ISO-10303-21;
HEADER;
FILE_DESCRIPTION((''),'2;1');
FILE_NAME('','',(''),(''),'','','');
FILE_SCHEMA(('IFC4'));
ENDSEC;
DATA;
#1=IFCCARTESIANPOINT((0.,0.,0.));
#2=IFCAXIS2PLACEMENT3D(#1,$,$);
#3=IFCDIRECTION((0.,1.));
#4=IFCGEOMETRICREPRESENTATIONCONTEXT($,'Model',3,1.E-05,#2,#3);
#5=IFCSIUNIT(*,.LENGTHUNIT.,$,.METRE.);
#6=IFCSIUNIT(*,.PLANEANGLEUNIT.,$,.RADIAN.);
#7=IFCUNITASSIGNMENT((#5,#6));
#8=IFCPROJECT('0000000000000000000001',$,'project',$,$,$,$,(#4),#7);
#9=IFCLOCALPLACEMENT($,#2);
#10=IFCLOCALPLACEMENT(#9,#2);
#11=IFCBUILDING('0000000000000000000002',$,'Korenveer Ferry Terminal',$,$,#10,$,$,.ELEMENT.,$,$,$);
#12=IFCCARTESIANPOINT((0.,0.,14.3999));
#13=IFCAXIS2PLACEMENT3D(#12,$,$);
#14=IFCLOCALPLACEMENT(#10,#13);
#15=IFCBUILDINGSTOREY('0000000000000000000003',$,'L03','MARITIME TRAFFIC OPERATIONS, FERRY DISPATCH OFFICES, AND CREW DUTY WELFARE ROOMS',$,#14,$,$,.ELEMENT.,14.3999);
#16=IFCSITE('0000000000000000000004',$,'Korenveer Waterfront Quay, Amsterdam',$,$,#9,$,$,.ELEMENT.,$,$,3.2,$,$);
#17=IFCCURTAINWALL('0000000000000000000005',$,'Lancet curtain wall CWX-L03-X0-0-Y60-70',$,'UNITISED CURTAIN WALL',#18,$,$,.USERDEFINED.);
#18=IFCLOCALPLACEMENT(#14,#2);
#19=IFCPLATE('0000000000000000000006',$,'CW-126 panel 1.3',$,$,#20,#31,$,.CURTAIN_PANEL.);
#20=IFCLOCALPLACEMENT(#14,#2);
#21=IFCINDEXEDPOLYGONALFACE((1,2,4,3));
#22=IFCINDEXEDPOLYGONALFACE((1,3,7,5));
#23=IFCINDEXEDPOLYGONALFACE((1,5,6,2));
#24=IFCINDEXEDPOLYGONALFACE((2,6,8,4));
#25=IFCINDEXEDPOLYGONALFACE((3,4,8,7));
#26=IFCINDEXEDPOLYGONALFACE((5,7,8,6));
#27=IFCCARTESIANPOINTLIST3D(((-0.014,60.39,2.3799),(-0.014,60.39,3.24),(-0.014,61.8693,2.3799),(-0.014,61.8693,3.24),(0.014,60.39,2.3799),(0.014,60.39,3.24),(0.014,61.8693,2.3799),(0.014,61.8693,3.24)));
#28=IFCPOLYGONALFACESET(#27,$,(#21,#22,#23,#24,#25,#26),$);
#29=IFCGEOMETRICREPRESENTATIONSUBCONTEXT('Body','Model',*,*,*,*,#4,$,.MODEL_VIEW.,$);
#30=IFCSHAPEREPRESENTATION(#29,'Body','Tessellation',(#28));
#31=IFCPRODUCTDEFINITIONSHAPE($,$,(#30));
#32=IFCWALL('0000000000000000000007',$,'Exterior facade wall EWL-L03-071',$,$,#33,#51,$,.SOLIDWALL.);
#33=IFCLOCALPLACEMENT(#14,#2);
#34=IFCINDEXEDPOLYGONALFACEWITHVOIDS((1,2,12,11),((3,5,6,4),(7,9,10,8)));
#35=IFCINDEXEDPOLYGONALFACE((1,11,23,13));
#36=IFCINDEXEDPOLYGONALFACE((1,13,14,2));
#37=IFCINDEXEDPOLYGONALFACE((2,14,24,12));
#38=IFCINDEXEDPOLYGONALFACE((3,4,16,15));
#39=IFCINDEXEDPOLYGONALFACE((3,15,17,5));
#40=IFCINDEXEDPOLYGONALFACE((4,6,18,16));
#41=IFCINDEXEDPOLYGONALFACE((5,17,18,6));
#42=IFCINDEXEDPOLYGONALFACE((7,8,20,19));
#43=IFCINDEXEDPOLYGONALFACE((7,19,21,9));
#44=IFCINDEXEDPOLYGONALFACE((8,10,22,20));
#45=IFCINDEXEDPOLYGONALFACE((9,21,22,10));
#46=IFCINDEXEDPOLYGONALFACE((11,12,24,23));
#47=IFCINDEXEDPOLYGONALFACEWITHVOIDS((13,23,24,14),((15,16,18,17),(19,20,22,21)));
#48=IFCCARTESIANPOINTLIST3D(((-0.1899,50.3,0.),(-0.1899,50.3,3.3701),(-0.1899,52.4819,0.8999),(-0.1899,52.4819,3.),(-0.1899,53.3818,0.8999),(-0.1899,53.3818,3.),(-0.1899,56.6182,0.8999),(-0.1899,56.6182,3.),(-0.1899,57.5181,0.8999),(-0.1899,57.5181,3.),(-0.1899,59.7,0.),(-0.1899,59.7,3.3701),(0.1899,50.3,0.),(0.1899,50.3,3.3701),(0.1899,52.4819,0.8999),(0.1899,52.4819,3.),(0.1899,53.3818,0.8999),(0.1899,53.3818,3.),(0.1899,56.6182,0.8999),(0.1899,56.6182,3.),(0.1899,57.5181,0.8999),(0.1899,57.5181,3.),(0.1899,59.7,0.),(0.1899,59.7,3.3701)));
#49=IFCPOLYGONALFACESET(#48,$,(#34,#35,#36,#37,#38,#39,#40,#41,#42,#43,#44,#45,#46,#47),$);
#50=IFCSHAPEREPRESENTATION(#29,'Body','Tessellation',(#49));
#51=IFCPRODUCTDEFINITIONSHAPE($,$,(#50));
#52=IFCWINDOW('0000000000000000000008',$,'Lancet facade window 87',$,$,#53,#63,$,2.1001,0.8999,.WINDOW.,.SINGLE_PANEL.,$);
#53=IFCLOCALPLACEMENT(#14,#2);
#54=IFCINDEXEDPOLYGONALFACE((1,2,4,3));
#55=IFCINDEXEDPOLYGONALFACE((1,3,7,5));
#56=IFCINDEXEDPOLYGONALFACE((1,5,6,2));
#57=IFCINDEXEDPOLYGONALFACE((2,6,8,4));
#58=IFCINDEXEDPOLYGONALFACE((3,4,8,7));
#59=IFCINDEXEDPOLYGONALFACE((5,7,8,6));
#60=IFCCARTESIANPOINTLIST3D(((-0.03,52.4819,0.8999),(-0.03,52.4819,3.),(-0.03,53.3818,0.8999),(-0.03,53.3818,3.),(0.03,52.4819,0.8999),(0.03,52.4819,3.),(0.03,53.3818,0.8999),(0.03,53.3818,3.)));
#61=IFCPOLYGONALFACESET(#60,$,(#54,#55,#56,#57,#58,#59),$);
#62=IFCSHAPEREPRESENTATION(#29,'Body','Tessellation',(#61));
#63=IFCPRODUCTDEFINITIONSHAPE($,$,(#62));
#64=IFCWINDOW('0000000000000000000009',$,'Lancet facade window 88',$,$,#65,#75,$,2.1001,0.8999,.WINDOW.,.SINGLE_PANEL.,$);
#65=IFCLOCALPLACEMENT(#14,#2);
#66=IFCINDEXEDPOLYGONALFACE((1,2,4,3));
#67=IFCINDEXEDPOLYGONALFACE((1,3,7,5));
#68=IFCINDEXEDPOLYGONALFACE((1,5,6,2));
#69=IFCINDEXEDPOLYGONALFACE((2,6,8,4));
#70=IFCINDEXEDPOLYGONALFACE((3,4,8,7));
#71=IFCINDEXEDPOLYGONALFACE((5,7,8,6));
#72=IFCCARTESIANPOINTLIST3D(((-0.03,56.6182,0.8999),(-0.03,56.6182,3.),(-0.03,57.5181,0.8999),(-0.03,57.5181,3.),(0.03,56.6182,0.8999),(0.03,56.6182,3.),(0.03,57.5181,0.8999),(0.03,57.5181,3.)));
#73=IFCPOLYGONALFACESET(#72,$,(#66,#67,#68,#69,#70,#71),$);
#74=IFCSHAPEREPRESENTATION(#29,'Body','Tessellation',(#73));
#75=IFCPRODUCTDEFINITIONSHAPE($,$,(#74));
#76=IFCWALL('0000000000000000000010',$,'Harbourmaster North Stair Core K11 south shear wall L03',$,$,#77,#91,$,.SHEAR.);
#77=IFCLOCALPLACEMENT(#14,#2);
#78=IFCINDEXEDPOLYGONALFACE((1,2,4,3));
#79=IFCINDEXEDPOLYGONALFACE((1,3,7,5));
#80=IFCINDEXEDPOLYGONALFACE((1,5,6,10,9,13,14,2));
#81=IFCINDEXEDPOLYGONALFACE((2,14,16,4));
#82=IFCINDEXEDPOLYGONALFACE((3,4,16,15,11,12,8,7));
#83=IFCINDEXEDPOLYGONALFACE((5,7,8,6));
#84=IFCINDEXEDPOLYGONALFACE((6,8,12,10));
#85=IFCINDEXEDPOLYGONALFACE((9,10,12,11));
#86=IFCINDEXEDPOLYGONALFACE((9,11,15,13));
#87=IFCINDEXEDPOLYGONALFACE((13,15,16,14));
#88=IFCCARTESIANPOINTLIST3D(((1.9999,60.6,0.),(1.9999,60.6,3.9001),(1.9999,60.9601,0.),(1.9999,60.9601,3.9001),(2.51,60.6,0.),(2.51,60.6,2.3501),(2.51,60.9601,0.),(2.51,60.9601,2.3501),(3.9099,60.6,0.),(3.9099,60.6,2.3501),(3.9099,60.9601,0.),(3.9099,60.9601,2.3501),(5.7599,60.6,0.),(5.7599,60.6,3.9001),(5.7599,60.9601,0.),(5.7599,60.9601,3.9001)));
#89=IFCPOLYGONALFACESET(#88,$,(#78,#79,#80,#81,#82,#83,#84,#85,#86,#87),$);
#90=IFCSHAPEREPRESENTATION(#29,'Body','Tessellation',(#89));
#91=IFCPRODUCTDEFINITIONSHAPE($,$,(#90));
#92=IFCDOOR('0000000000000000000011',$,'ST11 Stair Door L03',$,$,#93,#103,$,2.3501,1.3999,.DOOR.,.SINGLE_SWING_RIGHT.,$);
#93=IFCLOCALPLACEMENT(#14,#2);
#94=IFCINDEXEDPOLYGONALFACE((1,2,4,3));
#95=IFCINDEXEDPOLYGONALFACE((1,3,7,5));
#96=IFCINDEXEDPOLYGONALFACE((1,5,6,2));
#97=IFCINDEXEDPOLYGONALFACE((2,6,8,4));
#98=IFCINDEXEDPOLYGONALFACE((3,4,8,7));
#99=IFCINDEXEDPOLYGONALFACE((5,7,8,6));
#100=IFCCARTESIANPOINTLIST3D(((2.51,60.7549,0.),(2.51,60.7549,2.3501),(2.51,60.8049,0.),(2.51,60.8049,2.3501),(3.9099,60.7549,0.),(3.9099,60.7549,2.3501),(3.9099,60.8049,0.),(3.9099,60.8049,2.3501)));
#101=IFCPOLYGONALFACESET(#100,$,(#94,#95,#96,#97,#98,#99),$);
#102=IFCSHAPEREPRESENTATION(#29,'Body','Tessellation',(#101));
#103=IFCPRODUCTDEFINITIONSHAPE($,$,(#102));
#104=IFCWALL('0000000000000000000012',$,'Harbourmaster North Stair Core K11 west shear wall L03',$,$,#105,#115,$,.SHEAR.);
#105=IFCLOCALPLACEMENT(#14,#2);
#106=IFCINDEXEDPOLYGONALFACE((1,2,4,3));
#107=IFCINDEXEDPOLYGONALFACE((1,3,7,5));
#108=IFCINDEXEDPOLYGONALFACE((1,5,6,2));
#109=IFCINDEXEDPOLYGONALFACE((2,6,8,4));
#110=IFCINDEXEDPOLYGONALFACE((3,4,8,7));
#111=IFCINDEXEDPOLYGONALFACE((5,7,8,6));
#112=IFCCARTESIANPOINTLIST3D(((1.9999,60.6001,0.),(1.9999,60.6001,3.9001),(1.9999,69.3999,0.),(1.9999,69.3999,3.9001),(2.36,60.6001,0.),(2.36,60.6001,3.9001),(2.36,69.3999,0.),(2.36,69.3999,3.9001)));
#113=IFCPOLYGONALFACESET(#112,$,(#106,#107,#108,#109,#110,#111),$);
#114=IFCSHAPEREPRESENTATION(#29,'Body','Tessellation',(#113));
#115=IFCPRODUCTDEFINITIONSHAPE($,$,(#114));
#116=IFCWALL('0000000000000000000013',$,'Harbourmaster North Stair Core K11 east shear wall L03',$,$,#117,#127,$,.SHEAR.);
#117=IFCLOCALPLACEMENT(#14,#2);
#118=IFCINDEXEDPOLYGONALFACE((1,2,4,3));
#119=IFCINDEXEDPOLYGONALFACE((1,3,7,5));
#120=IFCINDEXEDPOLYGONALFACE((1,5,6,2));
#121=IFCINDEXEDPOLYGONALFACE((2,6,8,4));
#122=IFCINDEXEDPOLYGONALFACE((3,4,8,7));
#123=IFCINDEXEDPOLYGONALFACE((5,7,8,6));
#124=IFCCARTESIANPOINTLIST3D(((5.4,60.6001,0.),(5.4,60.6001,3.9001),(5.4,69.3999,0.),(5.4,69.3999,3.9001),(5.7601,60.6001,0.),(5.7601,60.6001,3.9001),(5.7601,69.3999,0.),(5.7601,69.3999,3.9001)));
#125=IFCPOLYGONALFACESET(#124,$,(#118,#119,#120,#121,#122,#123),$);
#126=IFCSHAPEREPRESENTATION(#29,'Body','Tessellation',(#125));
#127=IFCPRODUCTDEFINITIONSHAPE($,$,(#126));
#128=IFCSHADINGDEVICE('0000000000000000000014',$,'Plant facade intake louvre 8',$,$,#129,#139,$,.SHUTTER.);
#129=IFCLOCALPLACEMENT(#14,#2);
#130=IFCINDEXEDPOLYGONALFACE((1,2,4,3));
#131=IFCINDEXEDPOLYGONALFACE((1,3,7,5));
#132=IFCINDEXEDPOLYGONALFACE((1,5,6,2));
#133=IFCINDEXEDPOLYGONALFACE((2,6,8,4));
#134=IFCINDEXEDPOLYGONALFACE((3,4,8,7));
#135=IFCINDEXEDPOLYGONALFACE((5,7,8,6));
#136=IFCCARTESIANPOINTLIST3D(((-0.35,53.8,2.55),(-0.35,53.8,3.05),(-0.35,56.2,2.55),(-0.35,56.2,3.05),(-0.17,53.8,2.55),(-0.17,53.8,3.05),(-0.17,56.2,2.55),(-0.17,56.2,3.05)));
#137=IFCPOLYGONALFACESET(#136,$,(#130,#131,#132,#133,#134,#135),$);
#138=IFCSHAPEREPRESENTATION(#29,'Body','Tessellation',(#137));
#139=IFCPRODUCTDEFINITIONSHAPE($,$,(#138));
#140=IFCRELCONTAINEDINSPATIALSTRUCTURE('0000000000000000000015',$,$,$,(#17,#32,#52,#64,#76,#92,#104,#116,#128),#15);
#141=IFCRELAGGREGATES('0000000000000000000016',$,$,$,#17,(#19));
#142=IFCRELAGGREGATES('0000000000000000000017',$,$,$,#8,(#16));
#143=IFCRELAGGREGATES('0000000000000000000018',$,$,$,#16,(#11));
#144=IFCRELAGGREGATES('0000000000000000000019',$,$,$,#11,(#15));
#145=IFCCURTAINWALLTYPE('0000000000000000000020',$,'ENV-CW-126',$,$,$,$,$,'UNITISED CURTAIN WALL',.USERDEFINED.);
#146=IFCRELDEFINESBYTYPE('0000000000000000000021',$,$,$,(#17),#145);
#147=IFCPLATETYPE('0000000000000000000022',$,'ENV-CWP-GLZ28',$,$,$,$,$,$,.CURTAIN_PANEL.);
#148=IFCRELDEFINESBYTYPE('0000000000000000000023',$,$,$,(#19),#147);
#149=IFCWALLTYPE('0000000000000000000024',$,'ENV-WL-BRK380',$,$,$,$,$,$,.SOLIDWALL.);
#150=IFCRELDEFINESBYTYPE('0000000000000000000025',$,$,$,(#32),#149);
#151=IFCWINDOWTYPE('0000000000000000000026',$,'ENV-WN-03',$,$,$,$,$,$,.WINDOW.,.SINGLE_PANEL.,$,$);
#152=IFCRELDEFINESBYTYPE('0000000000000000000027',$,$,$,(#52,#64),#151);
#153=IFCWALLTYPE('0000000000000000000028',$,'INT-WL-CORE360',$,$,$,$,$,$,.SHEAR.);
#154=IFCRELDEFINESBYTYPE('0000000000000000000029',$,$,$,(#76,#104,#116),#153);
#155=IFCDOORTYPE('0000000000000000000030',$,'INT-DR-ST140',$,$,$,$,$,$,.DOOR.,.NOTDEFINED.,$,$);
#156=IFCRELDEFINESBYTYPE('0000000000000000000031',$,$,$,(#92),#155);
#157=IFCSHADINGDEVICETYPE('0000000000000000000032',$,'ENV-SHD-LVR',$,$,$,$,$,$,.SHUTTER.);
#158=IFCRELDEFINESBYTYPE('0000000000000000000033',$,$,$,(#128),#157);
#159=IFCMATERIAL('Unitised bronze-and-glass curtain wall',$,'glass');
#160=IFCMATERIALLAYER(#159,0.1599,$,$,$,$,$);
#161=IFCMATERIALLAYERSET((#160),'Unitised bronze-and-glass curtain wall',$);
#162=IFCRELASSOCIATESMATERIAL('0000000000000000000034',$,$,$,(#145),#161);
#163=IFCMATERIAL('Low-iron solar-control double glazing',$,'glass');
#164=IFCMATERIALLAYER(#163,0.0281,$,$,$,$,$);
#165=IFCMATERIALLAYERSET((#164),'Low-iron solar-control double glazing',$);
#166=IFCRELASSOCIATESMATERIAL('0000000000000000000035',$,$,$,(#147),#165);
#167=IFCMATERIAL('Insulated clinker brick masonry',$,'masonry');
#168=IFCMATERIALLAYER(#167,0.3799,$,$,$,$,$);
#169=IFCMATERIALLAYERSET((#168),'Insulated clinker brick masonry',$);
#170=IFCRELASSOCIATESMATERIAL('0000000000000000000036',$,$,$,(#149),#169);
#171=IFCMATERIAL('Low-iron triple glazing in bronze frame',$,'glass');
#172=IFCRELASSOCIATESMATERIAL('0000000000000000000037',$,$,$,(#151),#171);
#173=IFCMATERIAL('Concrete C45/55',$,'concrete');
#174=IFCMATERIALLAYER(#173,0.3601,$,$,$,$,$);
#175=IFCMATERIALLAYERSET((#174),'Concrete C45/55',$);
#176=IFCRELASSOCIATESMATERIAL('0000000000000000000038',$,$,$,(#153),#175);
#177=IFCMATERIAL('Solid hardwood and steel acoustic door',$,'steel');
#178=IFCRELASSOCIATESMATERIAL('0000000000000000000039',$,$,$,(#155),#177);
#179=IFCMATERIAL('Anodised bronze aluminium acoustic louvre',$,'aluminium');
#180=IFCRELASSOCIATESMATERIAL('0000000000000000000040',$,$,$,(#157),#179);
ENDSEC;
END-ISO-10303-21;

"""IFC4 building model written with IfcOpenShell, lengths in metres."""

from ifc_helpers import new_model, si_unit, direction, frame, frame_2d, origin, origin_2d, place, context, subcontext, project, spatial, rectangle, extrude, material, layer, layer_set, type_object, element, fill, aggregate, save


model = new_model("IFC4")

# Units and contexts
model_context = context("Model", 3, precision=1e-05, world=origin(), true_north=direction((0.0, 1.0)))
body_context = subcontext(model_context, "Body", "Model", "MODEL_VIEW")
ifc_project = project(units=[si_unit("LENGTHUNIT", "METRE"), si_unit("PLANEANGLEUNIT", "RADIAN")], contexts=[model_context])

# Site, building, storey
site_placement = place(None, origin())
site = spatial("IfcSite", under=ifc_project, at=site_placement, Name="Korenveer Waterfront Quay, Amsterdam", CompositionType="ELEMENT", RefElevation=3.2)
building_placement = place(site_placement, origin())
building = spatial("IfcBuilding", under=site, at=building_placement, Name="Korenveer Ferry Terminal", CompositionType="ELEMENT")
storey_placement = place(building_placement, frame((0.0, 0.0, 14.3999)))
storey = spatial("IfcBuildingStorey", under=building, at=storey_placement, Name="L03", Description="MARITIME TRAFFIC OPERATIONS, FERRY DISPATCH OFFICES, AND CREW DUTY WELFARE ROOMS", CompositionType="ELEMENT", Elevation=14.3999)

# Shared definitions
ifc_material_1 = material(Name="Concrete C45/55", Category="concrete")

# Curtain wall
ifc_material_2 = material(Name="Unitised bronze-and-glass curtain wall", Category="glass")
ifc_layer_1 = layer(ifc_material_2, 0.1599)
ifc_layer_set_1 = layer_set([ifc_layer_1], Name="Unitised bronze-and-glass curtain wall")
curtain_wall_type = type_object("IfcCurtainWallType", Name="ENV-CW-126", ElementType="UNITISED CURTAIN WALL", PredefinedType="USERDEFINED", material=ifc_layer_set_1)
curtain_wall_placement = place(storey_placement, frame((0.0, 60.3301, 0.0)))
curtain_wall = element("IfcCurtainWall", 1, at=curtain_wall_placement, inside=storey, type_object=curtain_wall_type, Name="Lancet curtain wall CWX-L03-X0-0-Y60-70", ObjectType="UNITISED CURTAIN WALL", PredefinedType="USERDEFINED")

# Plate
ifc_material_3 = material(Name="Low-iron solar-control double glazing", Category="glass")
ifc_layer_2 = layer(ifc_material_3, 0.0281)
ifc_layer_set_2 = layer_set([ifc_layer_2], Name="Low-iron solar-control double glazing")
plate_type = type_object("IfcPlateType", Name="ENV-CWP-GLZ28", PredefinedType="CURTAIN_PANEL", material=ifc_layer_set_2)
plate_1_placement = place(storey_placement, frame((0.0, 61.1296, 2.3799), z_axis=(0.0, 0.0, 1.0), x_axis=(0.0, 1.0, 0.0)))
plate_1 = element("IfcPlate", 2, at=plate_1_placement, type_object=plate_type, Name="CW-126 panel 1.3", PredefinedType="CURTAIN_PANEL", context=body_context, shape_type="SweptSolid", body=[
    extrude(rectangle(XDim=1.4792, YDim=0.0281, at=origin_2d()), origin(), (0.0, 0.0, 1.0), 0.8601),
])
aggregate(curtain_wall, [plate_1])

# Wall, openings, windows
ifc_material_4 = material(Name="Insulated clinker brick masonry", Category="masonry")
ifc_layer_3 = layer(ifc_material_4, 0.3799)
ifc_layer_set_3 = layer_set([ifc_layer_3], Name="Insulated clinker brick masonry")
wall_type_1 = type_object("IfcWallType", Name="ENV-WL-BRK380", PredefinedType="SOLIDWALL", material=ifc_layer_set_3)
wall_1_placement = place(storey_placement, frame((0.0, 50.3, 0.0), z_axis=(0.0, 0.0, 1.0), x_axis=(0.0, 1.0, 0.0)))
wall_1 = element("IfcWall", 3, at=wall_1_placement, inside=storey, type_object=wall_type_1, Name="Exterior facade wall EWL-L03-071", PredefinedType="SOLIDWALL", context=body_context, shape_type="SweptSolid", body=[
    extrude(rectangle(XDim=9.3999, YDim=0.3799, at=frame_2d((4.7, 0.0))), origin(), (0.0, 0.0, 1.0), 3.3701),
])
opening_1_placement = place(wall_1_placement, frame((2.1819, 0.0, 0.8999)))
opening_1 = element("IfcOpeningElement", 4, at=opening_1_placement, cuts=wall_1, PredefinedType="OPENING", context=body_context, shape_type="SweptSolid", body=[
    extrude(rectangle(XDim=0.8999, YDim=2.1001, at=frame_2d((0.45, 1.05))), frame((0.0, 0.2, 0.0), z_axis=(0.0, -1.0, 0.0), x_axis=(1.0, 0.0, 0.0)), (0.0, 0.0, 1.0), 0.3999),
])
opening_2_placement = place(wall_1_placement, frame((6.3181, 0.0, 0.8999)))
opening_2 = element("IfcOpeningElement", 5, at=opening_2_placement, cuts=wall_1, PredefinedType="OPENING", context=body_context, shape_type="SweptSolid", body=[
    extrude(rectangle(XDim=0.8999, YDim=2.1001, at=frame_2d((0.45, 1.05))), frame((0.0, 0.2, 0.0), z_axis=(0.0, -1.0, 0.0), x_axis=(1.0, 0.0, 0.0)), (0.0, 0.0, 1.0), 0.3999),
])
ifc_material_5 = material(Name="Low-iron triple glazing in bronze frame", Category="glass")
window_type = type_object("IfcWindowType", Name="ENV-WN-03", PartitioningType="SINGLE_PANEL", PredefinedType="WINDOW", material=ifc_material_5)
window_1_placement = place(opening_1_placement, origin())
window_1 = element("IfcWindow", 6, at=window_1_placement, inside=storey, type_object=window_type, Name="Lancet facade window 87", OverallHeight=2.1001, OverallWidth=0.8999, PartitioningType="SINGLE_PANEL", PredefinedType="WINDOW", context=body_context, shape_type="SweptSolid", body=[
    extrude(rectangle(XDim=0.8999, YDim=2.1001, at=frame_2d((0.45, 1.05))), frame((0.0, 0.03, 0.0), z_axis=(0.0, -1.0, 0.0), x_axis=(1.0, 0.0, 0.0)), (0.0, 0.0, 1.0), 0.0601),
])
fill(opening_1, window_1)
window_2_placement = place(opening_2_placement, origin())
window_2 = element("IfcWindow", 7, at=window_2_placement, inside=storey, type_object=window_type, Name="Lancet facade window 88", OverallHeight=2.1001, OverallWidth=0.8999, PartitioningType="SINGLE_PANEL", PredefinedType="WINDOW", context=body_context, shape_type="SweptSolid", body=[
    extrude(rectangle(XDim=0.8999, YDim=2.1001, at=frame_2d((0.45, 1.05))), frame((0.0, 0.03, 0.0), z_axis=(0.0, -1.0, 0.0), x_axis=(1.0, 0.0, 0.0)), (0.0, 0.0, 1.0), 0.0601),
])
fill(opening_2, window_2)

# Wall, opening, door
ifc_layer_4 = layer(ifc_material_1, 0.3601)
ifc_layer_set_4 = layer_set([ifc_layer_4], Name="Concrete C45/55")
wall_type_2 = type_object("IfcWallType", Name="INT-WL-CORE360", PredefinedType="SHEAR", material=ifc_layer_set_4)
wall_2_placement = place(storey_placement, frame((2.0, 60.78, 0.0), z_axis=(0.0, 0.0, 1.0), x_axis=(1.0, 0.0, 0.0)))
wall_2 = element("IfcWall", 8, at=wall_2_placement, inside=storey, type_object=wall_type_2, Name="Harbourmaster North Stair Core K11 south shear wall L03", PredefinedType="SHEAR", context=body_context, shape_type="SweptSolid", body=[
    extrude(rectangle(XDim=3.76, YDim=0.3601, at=frame_2d((1.8799, 0.0))), origin(), (0.0, 0.0, 1.0), 3.9001),
])
opening_3_placement = place(wall_2_placement, frame((0.51, 0.0, 0.0)))
opening_3 = element("IfcOpeningElement", 9, at=opening_3_placement, cuts=wall_2, PredefinedType="OPENING", context=body_context, shape_type="SweptSolid", body=[
    extrude(rectangle(XDim=1.3999, YDim=2.3501, at=frame_2d((0.7, 1.175))), frame((0.0, 0.1899, 0.0), z_axis=(0.0, -1.0, 0.0), x_axis=(1.0, 0.0, 0.0)), (0.0, 0.0, 1.0), 0.3801),
])
ifc_material_6 = material(Name="Solid hardwood and steel acoustic door", Category="steel")
door_type = type_object("IfcDoorType", Name="INT-DR-ST140", OperationType="NOTDEFINED", PredefinedType="DOOR", material=ifc_material_6)
door_placement = place(opening_3_placement, origin())
door = element("IfcDoor", 10, at=door_placement, inside=storey, type_object=door_type, Name="ST11 Stair Door L03", OperationType="SINGLE_SWING_RIGHT", OverallHeight=2.3501, OverallWidth=1.3999, PredefinedType="DOOR", context=body_context, shape_type="SweptSolid", body=[
    extrude(rectangle(XDim=1.3999, YDim=2.3501, at=frame_2d((0.7, 1.175))), frame((0.0, 0.0249, 0.0), z_axis=(0.0, -1.0, 0.0), x_axis=(1.0, 0.0, 0.0)), (0.0, 0.0, 1.0), 0.05),
])
fill(opening_3, door)

# Walls
for number, where, z_axis, x_axis, name in (
    (11, (2.1799, 60.6001, 0.0), (0.0, 0.0, 1.0), (0.0, 1.0, 0.0), "Harbourmaster North Stair Core K11 west shear wall L03"),
    (12, (5.5801, 60.6001, 0.0), (0.0, 0.0, 1.0), (0.0, 1.0, 0.0), "Harbourmaster North Stair Core K11 east shear wall L03"),
):
    element("IfcWall", number, at=place(storey_placement, frame(where, z_axis=z_axis, x_axis=x_axis)), inside=storey, type_object=wall_type_2, Name=name, PredefinedType="SHEAR", context=body_context, shape_type="SweptSolid", body=[
        extrude(rectangle(XDim=8.7998, YDim=0.3601, at=frame_2d((4.3999, 0.0))), origin(), (0.0, 0.0, 1.0), 3.9001),
    ])

# Shading device
ifc_material_7 = material(Name="Anodised bronze aluminium acoustic louvre", Category="aluminium")
shading_device_type = type_object("IfcShadingDeviceType", Name="ENV-SHD-LVR", PredefinedType="SHUTTER", material=ifc_material_7)
shading_device_placement = place(storey_placement, frame((-0.26, 55.0, 2.55), z_axis=(0.0, 0.0, 1.0), x_axis=(0.0, 1.0, 0.0)))
element("IfcShadingDevice", 13, at=shading_device_placement, inside=storey, type_object=shading_device_type, Name="Plant facade intake louvre 8", PredefinedType="SHUTTER", context=body_context, shape_type="SweptSolid", body=[
    extrude(rectangle(XDim=2.3999, YDim=0.1799, at=origin_2d()), origin(), (0.0, 0.0, 1.0), 0.5),
])

save(model, "model.ifc")
